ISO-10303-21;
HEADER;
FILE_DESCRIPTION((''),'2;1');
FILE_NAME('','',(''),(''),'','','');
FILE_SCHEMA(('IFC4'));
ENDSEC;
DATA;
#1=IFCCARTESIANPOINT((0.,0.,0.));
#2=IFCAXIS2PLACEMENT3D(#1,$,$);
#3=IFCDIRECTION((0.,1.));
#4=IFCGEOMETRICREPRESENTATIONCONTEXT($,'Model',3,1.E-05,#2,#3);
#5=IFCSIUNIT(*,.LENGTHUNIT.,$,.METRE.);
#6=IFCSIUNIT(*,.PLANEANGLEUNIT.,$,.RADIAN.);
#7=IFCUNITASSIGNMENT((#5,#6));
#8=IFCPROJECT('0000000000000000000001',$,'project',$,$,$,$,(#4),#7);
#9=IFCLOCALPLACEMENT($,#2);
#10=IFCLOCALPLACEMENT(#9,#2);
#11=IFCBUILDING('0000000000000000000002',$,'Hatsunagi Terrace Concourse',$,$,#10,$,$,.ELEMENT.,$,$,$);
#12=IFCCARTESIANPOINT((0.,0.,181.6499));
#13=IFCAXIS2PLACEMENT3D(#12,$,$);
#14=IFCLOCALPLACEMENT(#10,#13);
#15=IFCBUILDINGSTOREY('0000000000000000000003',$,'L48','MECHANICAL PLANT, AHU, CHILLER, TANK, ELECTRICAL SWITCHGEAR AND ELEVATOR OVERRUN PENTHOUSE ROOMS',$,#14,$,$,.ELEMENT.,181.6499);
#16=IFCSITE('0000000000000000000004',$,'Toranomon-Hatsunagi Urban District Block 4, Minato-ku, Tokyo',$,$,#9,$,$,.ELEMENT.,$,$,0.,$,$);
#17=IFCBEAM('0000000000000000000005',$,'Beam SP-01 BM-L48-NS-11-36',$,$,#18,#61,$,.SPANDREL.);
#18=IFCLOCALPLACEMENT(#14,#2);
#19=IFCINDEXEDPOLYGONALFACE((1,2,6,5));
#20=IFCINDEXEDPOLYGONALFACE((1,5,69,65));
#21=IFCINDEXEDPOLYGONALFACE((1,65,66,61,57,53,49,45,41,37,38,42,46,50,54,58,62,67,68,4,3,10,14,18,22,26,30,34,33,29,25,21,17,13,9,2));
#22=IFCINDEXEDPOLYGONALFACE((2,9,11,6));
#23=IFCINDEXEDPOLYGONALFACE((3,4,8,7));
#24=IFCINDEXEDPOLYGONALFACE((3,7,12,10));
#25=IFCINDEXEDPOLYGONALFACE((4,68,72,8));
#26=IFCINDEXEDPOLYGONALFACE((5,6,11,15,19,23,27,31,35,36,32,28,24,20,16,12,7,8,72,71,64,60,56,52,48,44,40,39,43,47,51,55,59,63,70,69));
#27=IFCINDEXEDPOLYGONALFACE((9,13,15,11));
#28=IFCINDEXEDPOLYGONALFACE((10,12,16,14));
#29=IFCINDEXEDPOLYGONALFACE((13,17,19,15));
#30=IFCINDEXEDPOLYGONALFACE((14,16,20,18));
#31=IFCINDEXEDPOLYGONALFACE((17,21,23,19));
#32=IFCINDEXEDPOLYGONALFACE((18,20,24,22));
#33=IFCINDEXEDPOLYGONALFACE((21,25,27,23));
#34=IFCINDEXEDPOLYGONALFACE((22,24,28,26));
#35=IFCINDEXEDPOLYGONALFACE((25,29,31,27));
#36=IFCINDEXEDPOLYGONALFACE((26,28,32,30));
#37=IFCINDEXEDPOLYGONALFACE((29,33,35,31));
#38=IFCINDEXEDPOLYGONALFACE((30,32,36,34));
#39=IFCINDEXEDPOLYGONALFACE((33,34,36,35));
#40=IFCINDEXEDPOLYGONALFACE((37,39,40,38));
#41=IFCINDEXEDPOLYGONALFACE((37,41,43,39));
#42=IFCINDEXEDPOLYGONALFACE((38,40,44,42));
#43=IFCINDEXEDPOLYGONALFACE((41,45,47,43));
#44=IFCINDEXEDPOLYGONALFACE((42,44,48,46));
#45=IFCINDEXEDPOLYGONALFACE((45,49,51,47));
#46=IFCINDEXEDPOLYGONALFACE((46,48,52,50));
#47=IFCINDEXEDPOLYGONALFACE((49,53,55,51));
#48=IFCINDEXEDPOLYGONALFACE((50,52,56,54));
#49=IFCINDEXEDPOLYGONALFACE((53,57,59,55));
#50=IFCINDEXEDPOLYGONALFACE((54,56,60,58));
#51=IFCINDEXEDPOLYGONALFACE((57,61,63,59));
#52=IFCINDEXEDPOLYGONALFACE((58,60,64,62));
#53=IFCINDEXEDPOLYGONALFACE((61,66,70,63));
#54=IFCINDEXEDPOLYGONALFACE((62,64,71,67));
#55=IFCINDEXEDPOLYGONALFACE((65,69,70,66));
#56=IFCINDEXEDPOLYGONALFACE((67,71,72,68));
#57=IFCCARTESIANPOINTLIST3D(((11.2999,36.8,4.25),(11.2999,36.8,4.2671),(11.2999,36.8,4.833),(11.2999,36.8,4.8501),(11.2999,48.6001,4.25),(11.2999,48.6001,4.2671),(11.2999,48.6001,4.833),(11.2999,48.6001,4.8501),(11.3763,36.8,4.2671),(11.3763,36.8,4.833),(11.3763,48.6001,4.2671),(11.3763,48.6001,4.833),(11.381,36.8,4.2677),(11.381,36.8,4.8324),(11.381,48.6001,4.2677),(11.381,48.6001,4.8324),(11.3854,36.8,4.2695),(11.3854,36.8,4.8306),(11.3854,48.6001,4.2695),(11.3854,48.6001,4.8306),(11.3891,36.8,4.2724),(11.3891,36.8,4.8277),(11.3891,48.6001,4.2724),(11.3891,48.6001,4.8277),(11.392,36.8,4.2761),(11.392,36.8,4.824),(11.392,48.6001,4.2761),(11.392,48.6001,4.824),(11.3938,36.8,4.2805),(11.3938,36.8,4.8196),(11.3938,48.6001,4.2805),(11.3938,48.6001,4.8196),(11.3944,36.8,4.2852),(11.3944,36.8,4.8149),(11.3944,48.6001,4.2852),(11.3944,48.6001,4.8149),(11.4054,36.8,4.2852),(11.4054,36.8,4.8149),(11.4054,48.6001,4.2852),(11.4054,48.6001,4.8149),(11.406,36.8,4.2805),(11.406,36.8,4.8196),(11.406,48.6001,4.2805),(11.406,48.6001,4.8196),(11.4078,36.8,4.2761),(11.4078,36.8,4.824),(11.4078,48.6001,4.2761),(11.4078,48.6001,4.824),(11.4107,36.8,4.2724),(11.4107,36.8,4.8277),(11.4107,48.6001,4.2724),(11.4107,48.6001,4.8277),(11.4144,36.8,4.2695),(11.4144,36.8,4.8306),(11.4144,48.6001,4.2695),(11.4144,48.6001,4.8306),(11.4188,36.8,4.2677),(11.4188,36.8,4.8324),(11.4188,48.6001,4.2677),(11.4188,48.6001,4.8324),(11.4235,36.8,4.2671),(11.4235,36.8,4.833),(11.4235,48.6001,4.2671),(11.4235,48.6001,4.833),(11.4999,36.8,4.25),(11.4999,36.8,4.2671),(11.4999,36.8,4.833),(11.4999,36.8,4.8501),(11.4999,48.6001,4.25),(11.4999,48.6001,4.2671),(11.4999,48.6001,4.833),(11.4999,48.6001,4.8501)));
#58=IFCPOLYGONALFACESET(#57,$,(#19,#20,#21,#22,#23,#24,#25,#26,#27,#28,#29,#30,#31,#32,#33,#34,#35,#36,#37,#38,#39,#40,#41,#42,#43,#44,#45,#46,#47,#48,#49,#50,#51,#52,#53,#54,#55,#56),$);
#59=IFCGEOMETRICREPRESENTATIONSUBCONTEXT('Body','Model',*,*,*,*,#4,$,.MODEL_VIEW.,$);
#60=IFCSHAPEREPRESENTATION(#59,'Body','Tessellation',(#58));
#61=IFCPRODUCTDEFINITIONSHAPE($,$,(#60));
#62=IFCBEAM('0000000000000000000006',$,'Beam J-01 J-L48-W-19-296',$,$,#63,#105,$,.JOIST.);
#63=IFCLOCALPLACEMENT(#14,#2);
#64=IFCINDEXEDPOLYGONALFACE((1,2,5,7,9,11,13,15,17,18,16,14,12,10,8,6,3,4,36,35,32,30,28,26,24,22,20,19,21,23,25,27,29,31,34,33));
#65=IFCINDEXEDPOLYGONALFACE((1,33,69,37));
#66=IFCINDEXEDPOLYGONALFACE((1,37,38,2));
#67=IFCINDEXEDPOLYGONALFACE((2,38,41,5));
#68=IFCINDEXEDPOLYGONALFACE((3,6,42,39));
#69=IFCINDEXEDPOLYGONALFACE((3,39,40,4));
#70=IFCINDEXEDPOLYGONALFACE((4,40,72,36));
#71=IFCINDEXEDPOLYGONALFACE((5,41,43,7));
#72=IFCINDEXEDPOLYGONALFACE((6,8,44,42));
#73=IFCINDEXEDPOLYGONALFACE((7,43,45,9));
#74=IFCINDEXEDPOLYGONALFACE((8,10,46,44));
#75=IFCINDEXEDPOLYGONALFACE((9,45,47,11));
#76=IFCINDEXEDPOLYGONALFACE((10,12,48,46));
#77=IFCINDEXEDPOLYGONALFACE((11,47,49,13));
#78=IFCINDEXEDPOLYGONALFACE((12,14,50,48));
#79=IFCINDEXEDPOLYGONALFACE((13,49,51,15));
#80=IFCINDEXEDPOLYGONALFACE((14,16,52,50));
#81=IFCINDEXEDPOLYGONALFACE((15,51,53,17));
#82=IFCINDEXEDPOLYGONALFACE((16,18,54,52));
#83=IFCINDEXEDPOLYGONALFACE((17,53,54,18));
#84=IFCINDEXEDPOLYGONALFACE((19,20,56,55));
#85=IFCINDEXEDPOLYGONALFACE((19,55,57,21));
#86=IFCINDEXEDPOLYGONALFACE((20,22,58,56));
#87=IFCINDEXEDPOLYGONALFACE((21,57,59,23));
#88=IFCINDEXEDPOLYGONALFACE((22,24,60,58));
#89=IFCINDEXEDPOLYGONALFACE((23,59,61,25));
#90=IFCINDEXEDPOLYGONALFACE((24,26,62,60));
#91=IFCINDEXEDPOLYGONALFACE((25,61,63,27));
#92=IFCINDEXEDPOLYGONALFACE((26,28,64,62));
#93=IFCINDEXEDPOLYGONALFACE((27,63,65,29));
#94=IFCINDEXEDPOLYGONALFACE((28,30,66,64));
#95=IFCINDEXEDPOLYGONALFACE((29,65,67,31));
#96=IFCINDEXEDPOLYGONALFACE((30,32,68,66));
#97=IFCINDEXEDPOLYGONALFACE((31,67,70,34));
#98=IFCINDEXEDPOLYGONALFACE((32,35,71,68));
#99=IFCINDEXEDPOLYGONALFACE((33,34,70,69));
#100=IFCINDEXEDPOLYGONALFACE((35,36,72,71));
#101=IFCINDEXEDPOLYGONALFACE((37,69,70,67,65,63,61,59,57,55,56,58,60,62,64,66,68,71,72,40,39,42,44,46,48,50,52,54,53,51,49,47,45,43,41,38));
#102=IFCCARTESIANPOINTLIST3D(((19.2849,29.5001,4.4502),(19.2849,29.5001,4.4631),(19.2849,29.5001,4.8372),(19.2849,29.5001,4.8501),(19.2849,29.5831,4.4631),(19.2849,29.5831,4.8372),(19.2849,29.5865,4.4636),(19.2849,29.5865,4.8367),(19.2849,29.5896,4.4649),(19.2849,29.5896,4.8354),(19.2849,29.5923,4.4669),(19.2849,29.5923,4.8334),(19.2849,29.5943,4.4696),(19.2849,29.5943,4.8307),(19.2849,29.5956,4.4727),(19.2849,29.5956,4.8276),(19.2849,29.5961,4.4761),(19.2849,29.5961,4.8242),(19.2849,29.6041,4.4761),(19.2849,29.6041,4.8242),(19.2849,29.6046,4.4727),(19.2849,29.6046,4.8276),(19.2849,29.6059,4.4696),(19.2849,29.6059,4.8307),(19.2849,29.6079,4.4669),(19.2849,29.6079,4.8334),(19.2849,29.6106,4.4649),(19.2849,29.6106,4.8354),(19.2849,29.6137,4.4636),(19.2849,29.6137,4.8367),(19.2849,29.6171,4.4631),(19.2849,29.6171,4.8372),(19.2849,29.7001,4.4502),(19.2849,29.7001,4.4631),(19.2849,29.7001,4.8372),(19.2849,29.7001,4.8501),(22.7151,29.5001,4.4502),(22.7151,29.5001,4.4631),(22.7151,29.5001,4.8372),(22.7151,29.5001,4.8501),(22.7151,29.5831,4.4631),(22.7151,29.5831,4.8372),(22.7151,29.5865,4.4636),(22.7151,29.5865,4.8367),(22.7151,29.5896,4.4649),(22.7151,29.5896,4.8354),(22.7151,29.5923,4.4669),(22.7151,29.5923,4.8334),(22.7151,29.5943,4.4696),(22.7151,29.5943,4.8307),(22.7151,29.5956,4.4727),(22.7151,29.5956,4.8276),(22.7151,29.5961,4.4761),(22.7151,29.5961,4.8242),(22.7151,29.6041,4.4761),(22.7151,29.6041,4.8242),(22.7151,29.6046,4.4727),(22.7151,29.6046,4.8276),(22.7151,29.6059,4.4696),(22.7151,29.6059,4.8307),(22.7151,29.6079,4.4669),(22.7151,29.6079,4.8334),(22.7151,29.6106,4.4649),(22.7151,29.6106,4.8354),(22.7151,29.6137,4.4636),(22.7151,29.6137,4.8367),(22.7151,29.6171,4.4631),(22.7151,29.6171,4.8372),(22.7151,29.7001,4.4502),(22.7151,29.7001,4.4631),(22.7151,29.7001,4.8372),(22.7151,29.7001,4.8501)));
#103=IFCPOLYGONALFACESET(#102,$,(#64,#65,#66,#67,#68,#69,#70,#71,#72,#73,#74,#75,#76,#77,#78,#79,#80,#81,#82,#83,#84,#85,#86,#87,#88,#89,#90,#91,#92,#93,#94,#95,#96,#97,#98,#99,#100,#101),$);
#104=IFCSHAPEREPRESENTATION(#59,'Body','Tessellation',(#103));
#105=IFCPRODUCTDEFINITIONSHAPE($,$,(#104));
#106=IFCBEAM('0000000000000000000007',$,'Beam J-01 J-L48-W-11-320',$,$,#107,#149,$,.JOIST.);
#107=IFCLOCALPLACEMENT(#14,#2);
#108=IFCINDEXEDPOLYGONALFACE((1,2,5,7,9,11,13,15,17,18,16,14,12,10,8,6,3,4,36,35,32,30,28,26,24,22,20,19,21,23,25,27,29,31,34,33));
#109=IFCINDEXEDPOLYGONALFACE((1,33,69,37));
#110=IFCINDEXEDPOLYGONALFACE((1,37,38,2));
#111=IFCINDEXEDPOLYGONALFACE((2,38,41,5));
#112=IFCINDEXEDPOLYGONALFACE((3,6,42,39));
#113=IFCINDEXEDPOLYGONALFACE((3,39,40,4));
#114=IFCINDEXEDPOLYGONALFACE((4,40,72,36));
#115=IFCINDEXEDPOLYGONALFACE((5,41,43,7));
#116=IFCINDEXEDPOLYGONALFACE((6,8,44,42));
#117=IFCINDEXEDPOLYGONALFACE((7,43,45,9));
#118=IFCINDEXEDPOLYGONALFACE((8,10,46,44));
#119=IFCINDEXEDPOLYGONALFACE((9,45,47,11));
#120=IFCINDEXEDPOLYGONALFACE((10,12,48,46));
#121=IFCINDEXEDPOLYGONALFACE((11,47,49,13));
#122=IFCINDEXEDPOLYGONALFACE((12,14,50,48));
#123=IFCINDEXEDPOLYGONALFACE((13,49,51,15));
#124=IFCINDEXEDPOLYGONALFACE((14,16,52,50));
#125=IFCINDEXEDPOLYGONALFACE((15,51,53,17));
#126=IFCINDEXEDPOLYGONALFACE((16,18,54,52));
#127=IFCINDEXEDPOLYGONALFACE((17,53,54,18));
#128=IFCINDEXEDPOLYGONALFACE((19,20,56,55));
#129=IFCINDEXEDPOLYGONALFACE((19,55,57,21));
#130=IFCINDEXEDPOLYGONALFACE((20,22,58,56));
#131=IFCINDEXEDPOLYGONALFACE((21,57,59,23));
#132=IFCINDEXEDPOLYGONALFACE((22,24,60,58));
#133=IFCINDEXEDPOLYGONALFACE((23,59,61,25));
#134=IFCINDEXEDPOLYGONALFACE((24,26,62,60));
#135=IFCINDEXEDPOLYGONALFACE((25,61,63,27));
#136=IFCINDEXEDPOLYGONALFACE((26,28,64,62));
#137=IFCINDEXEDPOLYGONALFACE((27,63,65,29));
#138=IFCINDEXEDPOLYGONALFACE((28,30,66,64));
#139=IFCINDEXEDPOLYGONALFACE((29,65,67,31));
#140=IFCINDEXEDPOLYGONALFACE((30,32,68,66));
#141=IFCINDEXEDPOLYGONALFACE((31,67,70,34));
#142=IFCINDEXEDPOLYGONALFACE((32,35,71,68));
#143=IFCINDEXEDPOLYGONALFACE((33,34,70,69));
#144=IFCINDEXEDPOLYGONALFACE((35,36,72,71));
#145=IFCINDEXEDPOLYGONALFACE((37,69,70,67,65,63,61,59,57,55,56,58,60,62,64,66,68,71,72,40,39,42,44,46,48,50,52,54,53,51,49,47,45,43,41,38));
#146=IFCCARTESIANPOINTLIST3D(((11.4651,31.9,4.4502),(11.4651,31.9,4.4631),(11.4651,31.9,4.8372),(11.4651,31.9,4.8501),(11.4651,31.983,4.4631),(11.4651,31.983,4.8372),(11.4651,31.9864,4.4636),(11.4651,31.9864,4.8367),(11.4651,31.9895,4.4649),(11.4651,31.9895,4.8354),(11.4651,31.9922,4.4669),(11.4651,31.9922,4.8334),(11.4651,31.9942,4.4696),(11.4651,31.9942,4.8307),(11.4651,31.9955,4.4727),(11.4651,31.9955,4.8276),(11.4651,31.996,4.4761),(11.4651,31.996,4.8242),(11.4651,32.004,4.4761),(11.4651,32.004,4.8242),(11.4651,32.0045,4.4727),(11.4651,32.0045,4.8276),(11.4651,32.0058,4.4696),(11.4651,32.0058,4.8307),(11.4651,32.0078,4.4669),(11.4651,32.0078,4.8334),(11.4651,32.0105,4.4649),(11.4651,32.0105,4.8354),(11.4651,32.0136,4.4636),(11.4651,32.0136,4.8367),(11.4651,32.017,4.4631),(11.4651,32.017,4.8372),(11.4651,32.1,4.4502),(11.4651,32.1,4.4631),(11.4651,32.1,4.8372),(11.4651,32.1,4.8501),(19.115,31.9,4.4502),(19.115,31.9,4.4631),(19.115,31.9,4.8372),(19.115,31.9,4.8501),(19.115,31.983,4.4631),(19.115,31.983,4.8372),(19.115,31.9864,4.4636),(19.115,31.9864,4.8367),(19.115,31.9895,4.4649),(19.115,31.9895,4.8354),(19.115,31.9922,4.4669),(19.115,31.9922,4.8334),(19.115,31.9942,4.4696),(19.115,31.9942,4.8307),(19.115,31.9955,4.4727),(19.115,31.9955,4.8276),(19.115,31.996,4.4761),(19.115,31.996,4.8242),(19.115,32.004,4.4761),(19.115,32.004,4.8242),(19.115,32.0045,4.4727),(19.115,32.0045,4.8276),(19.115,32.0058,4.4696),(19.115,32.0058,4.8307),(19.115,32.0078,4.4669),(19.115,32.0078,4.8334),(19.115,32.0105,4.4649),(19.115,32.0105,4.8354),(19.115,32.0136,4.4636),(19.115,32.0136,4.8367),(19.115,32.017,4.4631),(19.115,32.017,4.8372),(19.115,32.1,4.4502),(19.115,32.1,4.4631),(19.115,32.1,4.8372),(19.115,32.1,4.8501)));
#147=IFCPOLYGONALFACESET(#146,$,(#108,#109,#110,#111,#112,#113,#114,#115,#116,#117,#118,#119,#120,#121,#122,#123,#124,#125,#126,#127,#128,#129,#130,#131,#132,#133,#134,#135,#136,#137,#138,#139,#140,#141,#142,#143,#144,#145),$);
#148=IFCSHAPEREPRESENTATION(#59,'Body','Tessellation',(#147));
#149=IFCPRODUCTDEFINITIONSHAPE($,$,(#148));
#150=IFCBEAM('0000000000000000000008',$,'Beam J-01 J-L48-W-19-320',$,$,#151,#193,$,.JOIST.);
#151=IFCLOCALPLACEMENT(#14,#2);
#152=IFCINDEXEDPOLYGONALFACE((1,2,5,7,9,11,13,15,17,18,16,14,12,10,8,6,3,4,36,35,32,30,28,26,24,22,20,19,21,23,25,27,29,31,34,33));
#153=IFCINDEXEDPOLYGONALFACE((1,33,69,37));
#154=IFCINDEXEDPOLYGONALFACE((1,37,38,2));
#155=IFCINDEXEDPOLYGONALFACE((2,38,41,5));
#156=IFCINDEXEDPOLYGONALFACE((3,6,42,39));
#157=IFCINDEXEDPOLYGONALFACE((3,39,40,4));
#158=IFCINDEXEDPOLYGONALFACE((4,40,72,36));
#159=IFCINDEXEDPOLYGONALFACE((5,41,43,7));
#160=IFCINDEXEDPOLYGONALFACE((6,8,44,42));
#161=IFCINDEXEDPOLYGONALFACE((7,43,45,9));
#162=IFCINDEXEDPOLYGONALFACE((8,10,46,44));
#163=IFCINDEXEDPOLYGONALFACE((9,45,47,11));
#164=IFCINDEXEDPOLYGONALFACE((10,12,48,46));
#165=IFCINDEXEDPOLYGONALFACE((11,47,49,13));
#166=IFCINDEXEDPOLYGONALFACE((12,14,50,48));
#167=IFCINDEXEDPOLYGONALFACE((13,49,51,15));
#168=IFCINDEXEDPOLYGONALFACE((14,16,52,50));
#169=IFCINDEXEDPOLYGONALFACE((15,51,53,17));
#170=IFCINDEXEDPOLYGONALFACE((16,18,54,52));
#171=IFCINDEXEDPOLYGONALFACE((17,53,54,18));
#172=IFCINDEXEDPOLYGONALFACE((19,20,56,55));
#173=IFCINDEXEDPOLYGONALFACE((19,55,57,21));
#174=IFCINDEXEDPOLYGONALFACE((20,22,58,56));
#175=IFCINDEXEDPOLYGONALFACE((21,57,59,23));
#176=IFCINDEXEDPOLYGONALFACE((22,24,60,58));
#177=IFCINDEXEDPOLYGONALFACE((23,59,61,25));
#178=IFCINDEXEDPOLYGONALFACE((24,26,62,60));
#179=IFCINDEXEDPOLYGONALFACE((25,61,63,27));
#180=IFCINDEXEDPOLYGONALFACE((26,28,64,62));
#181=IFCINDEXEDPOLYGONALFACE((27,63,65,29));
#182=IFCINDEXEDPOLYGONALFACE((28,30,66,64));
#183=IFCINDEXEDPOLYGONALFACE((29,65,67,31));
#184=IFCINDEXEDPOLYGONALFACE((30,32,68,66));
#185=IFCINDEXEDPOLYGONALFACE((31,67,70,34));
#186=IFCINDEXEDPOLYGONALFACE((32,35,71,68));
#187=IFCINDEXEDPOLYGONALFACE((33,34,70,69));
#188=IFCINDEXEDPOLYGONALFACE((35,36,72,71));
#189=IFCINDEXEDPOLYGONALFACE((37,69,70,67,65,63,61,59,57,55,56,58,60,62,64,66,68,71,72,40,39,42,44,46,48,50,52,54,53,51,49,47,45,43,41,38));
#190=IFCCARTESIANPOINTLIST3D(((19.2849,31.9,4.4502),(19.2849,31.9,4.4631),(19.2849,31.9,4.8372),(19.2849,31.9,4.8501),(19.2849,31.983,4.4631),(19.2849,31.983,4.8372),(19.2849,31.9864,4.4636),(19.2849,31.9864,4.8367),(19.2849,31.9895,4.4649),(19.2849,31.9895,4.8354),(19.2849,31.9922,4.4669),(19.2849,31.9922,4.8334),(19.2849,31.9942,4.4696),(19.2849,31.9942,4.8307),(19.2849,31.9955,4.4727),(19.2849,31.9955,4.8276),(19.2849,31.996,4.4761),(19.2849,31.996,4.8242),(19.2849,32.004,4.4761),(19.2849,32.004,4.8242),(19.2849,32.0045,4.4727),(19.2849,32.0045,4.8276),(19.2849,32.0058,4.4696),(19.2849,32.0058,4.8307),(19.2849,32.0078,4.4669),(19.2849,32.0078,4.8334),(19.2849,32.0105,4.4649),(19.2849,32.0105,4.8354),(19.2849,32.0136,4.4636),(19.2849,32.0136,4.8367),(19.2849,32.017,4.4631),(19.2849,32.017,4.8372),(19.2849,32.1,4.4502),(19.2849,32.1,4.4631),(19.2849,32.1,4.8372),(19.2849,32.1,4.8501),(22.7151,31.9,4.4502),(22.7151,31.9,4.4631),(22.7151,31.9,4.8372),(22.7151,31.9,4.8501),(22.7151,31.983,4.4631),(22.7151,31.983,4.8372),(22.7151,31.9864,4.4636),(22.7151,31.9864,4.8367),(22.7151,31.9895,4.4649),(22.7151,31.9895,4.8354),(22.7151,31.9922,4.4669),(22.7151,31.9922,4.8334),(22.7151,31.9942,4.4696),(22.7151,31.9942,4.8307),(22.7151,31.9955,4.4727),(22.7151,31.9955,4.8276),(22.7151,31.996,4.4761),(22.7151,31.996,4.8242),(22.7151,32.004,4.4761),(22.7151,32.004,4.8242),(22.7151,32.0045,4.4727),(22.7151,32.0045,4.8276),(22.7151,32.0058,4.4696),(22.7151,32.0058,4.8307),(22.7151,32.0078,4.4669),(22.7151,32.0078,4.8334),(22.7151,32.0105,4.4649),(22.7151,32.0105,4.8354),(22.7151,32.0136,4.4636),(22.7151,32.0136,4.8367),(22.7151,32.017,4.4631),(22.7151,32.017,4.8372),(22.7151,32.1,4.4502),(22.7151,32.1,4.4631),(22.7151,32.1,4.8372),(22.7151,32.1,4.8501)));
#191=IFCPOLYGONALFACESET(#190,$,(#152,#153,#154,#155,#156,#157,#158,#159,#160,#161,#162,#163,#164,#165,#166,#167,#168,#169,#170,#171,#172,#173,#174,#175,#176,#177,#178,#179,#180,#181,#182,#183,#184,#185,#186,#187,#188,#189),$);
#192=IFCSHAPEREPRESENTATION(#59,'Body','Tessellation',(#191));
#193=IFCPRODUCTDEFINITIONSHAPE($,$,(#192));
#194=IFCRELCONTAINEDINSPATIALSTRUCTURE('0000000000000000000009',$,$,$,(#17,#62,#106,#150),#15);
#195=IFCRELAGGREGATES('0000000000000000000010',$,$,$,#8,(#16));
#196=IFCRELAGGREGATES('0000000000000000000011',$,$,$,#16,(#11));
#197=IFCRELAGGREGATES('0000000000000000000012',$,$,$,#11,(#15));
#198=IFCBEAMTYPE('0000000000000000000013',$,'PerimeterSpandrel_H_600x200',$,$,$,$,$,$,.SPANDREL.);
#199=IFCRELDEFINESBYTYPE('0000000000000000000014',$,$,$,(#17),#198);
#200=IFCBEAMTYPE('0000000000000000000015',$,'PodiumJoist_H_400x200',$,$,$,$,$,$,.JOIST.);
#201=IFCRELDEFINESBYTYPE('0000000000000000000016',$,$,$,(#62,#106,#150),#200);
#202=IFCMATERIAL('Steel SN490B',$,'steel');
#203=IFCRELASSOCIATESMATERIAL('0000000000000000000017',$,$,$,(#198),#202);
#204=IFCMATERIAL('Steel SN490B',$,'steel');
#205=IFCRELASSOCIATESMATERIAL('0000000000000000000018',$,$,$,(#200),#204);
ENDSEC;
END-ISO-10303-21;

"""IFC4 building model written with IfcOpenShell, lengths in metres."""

from ifc_helpers import new_model, si_unit, direction, frame, origin, origin_2d, place, context, subcontext, project, spatial, i_section, extrude, material, material_profile, profile_set, type_object, element, save


model = new_model("IFC4")

# Units and contexts
model_context = context("Model", 3, precision=1e-05, world=origin(), true_north=direction((0.0, 1.0)))
body_context = subcontext(model_context, "Body", "Model", "MODEL_VIEW")
ifc_project = project(units=[si_unit("LENGTHUNIT", "METRE"), si_unit("PLANEANGLEUNIT", "RADIAN")], contexts=[model_context])

# Site, building, storey
site_placement = place(None, origin())
site = spatial("IfcSite", under=ifc_project, at=site_placement, Name="Toranomon-Hatsunagi Urban District Block 4, Minato-ku, Tokyo", CompositionType="ELEMENT", RefElevation=0.0)
building_placement = place(site_placement, origin())
building = spatial("IfcBuilding", under=site, at=building_placement, Name="Hatsunagi Terrace Concourse", CompositionType="ELEMENT")
storey_placement = place(building_placement, frame((0.0, 0.0, 181.6499)))
storey = spatial("IfcBuildingStorey", under=building, at=storey_placement, Name="L48", Description="MECHANICAL PLANT, AHU, CHILLER, TANK, ELECTRICAL SWITCHGEAR AND ELEVATOR OVERRUN PENTHOUSE ROOMS", CompositionType="ELEMENT", Elevation=181.6499)

# Beams
ifc_material_1 = material(Name="Steel SN490B", Category="steel")
ifc_material_profile_1 = material_profile(ifc_material_1, i_section(OverallWidth=0.2, OverallDepth=0.6001, WebThickness=0.011, FlangeThickness=0.0171, FilletRadius=0.0181, at=origin_2d()), Name="H-600x200x11x17")
ifc_profile_set_1 = profile_set([ifc_material_profile_1], Name="Steel SN490B")
beam_type_1 = type_object("IfcBeamType", Name="PerimeterSpandrel_H_600x200", PredefinedType="SPANDREL", material=ifc_profile_set_1)
beam_1_placement = place(storey_placement, frame((11.3999, 36.8, 4.55), z_axis=(0.0, 1.0, 0.0), x_axis=(-1.0, 0.0, 0.0)))
element("IfcBeam", 1, at=beam_1_placement, inside=storey, type_object=beam_type_1, Name="Beam SP-01 BM-L48-NS-11-36", PredefinedType="SPANDREL", context=body_context, shape_type="SweptSolid", body=[
    extrude(i_section(OverallWidth=0.2, OverallDepth=0.6001, WebThickness=0.011, FlangeThickness=0.0171, FilletRadius=0.0181, at=origin_2d()), origin(), (0.0, 0.0, 1.0), 11.8),
])
ifc_material_2 = material(Name="Steel SN490B", Category="steel")
ifc_material_profile_2 = material_profile(ifc_material_2, i_section(OverallWidth=0.2, OverallDepth=0.3999, WebThickness=0.0081, FlangeThickness=0.0129, FilletRadius=0.0129, at=origin_2d()), Name="H-400x200x8x13")
ifc_profile_set_2 = profile_set([ifc_material_profile_2], Name="Steel SN490B")
beam_type_2 = type_object("IfcBeamType", Name="PodiumJoist_H_400x200", PredefinedType="JOIST", material=ifc_profile_set_2)
beam_2_placement = place(storey_placement, frame((19.2849, 29.6001, 4.6501), z_axis=(1.0, 0.0, 0.0), x_axis=(0.0, 1.0, 0.0)))
element("IfcBeam", 2, at=beam_2_placement, inside=storey, type_object=beam_type_2, Name="Beam J-01 J-L48-W-19-296", PredefinedType="JOIST", context=body_context, shape_type="SweptSolid", body=[
    extrude(i_section(OverallWidth=0.2, OverallDepth=0.3999, WebThickness=0.0081, FlangeThickness=0.0129, FilletRadius=0.0129, at=origin_2d()), origin(), (0.0, 0.0, 1.0), 3.4302),
])
beam_3_placement = place(storey_placement, frame((11.4651, 32.0, 4.6501), z_axis=(1.0, 0.0, 0.0), x_axis=(0.0, 1.0, 0.0)))
element("IfcBeam", 3, at=beam_3_placement, inside=storey, type_object=beam_type_2, Name="Beam J-01 J-L48-W-11-320", PredefinedType="JOIST", context=body_context, shape_type="SweptSolid", body=[
    extrude(i_section(OverallWidth=0.2, OverallDepth=0.3999, WebThickness=0.0081, FlangeThickness=0.0129, FilletRadius=0.0129, at=origin_2d()), origin(), (0.0, 0.0, 1.0), 7.6499),
])
beam_4_placement = place(storey_placement, frame((19.2849, 32.0, 4.6501), z_axis=(1.0, 0.0, 0.0), x_axis=(0.0, 1.0, 0.0)))
element("IfcBeam", 4, at=beam_4_placement, inside=storey, type_object=beam_type_2, Name="Beam J-01 J-L48-W-19-320", PredefinedType="JOIST", context=body_context, shape_type="SweptSolid", body=[
    extrude(i_section(OverallWidth=0.2, OverallDepth=0.3999, WebThickness=0.0081, FlangeThickness=0.0129, FilletRadius=0.0129, at=origin_2d()), origin(), (0.0, 0.0, 1.0), 3.4302),
])

save(model, "model.ifc")
